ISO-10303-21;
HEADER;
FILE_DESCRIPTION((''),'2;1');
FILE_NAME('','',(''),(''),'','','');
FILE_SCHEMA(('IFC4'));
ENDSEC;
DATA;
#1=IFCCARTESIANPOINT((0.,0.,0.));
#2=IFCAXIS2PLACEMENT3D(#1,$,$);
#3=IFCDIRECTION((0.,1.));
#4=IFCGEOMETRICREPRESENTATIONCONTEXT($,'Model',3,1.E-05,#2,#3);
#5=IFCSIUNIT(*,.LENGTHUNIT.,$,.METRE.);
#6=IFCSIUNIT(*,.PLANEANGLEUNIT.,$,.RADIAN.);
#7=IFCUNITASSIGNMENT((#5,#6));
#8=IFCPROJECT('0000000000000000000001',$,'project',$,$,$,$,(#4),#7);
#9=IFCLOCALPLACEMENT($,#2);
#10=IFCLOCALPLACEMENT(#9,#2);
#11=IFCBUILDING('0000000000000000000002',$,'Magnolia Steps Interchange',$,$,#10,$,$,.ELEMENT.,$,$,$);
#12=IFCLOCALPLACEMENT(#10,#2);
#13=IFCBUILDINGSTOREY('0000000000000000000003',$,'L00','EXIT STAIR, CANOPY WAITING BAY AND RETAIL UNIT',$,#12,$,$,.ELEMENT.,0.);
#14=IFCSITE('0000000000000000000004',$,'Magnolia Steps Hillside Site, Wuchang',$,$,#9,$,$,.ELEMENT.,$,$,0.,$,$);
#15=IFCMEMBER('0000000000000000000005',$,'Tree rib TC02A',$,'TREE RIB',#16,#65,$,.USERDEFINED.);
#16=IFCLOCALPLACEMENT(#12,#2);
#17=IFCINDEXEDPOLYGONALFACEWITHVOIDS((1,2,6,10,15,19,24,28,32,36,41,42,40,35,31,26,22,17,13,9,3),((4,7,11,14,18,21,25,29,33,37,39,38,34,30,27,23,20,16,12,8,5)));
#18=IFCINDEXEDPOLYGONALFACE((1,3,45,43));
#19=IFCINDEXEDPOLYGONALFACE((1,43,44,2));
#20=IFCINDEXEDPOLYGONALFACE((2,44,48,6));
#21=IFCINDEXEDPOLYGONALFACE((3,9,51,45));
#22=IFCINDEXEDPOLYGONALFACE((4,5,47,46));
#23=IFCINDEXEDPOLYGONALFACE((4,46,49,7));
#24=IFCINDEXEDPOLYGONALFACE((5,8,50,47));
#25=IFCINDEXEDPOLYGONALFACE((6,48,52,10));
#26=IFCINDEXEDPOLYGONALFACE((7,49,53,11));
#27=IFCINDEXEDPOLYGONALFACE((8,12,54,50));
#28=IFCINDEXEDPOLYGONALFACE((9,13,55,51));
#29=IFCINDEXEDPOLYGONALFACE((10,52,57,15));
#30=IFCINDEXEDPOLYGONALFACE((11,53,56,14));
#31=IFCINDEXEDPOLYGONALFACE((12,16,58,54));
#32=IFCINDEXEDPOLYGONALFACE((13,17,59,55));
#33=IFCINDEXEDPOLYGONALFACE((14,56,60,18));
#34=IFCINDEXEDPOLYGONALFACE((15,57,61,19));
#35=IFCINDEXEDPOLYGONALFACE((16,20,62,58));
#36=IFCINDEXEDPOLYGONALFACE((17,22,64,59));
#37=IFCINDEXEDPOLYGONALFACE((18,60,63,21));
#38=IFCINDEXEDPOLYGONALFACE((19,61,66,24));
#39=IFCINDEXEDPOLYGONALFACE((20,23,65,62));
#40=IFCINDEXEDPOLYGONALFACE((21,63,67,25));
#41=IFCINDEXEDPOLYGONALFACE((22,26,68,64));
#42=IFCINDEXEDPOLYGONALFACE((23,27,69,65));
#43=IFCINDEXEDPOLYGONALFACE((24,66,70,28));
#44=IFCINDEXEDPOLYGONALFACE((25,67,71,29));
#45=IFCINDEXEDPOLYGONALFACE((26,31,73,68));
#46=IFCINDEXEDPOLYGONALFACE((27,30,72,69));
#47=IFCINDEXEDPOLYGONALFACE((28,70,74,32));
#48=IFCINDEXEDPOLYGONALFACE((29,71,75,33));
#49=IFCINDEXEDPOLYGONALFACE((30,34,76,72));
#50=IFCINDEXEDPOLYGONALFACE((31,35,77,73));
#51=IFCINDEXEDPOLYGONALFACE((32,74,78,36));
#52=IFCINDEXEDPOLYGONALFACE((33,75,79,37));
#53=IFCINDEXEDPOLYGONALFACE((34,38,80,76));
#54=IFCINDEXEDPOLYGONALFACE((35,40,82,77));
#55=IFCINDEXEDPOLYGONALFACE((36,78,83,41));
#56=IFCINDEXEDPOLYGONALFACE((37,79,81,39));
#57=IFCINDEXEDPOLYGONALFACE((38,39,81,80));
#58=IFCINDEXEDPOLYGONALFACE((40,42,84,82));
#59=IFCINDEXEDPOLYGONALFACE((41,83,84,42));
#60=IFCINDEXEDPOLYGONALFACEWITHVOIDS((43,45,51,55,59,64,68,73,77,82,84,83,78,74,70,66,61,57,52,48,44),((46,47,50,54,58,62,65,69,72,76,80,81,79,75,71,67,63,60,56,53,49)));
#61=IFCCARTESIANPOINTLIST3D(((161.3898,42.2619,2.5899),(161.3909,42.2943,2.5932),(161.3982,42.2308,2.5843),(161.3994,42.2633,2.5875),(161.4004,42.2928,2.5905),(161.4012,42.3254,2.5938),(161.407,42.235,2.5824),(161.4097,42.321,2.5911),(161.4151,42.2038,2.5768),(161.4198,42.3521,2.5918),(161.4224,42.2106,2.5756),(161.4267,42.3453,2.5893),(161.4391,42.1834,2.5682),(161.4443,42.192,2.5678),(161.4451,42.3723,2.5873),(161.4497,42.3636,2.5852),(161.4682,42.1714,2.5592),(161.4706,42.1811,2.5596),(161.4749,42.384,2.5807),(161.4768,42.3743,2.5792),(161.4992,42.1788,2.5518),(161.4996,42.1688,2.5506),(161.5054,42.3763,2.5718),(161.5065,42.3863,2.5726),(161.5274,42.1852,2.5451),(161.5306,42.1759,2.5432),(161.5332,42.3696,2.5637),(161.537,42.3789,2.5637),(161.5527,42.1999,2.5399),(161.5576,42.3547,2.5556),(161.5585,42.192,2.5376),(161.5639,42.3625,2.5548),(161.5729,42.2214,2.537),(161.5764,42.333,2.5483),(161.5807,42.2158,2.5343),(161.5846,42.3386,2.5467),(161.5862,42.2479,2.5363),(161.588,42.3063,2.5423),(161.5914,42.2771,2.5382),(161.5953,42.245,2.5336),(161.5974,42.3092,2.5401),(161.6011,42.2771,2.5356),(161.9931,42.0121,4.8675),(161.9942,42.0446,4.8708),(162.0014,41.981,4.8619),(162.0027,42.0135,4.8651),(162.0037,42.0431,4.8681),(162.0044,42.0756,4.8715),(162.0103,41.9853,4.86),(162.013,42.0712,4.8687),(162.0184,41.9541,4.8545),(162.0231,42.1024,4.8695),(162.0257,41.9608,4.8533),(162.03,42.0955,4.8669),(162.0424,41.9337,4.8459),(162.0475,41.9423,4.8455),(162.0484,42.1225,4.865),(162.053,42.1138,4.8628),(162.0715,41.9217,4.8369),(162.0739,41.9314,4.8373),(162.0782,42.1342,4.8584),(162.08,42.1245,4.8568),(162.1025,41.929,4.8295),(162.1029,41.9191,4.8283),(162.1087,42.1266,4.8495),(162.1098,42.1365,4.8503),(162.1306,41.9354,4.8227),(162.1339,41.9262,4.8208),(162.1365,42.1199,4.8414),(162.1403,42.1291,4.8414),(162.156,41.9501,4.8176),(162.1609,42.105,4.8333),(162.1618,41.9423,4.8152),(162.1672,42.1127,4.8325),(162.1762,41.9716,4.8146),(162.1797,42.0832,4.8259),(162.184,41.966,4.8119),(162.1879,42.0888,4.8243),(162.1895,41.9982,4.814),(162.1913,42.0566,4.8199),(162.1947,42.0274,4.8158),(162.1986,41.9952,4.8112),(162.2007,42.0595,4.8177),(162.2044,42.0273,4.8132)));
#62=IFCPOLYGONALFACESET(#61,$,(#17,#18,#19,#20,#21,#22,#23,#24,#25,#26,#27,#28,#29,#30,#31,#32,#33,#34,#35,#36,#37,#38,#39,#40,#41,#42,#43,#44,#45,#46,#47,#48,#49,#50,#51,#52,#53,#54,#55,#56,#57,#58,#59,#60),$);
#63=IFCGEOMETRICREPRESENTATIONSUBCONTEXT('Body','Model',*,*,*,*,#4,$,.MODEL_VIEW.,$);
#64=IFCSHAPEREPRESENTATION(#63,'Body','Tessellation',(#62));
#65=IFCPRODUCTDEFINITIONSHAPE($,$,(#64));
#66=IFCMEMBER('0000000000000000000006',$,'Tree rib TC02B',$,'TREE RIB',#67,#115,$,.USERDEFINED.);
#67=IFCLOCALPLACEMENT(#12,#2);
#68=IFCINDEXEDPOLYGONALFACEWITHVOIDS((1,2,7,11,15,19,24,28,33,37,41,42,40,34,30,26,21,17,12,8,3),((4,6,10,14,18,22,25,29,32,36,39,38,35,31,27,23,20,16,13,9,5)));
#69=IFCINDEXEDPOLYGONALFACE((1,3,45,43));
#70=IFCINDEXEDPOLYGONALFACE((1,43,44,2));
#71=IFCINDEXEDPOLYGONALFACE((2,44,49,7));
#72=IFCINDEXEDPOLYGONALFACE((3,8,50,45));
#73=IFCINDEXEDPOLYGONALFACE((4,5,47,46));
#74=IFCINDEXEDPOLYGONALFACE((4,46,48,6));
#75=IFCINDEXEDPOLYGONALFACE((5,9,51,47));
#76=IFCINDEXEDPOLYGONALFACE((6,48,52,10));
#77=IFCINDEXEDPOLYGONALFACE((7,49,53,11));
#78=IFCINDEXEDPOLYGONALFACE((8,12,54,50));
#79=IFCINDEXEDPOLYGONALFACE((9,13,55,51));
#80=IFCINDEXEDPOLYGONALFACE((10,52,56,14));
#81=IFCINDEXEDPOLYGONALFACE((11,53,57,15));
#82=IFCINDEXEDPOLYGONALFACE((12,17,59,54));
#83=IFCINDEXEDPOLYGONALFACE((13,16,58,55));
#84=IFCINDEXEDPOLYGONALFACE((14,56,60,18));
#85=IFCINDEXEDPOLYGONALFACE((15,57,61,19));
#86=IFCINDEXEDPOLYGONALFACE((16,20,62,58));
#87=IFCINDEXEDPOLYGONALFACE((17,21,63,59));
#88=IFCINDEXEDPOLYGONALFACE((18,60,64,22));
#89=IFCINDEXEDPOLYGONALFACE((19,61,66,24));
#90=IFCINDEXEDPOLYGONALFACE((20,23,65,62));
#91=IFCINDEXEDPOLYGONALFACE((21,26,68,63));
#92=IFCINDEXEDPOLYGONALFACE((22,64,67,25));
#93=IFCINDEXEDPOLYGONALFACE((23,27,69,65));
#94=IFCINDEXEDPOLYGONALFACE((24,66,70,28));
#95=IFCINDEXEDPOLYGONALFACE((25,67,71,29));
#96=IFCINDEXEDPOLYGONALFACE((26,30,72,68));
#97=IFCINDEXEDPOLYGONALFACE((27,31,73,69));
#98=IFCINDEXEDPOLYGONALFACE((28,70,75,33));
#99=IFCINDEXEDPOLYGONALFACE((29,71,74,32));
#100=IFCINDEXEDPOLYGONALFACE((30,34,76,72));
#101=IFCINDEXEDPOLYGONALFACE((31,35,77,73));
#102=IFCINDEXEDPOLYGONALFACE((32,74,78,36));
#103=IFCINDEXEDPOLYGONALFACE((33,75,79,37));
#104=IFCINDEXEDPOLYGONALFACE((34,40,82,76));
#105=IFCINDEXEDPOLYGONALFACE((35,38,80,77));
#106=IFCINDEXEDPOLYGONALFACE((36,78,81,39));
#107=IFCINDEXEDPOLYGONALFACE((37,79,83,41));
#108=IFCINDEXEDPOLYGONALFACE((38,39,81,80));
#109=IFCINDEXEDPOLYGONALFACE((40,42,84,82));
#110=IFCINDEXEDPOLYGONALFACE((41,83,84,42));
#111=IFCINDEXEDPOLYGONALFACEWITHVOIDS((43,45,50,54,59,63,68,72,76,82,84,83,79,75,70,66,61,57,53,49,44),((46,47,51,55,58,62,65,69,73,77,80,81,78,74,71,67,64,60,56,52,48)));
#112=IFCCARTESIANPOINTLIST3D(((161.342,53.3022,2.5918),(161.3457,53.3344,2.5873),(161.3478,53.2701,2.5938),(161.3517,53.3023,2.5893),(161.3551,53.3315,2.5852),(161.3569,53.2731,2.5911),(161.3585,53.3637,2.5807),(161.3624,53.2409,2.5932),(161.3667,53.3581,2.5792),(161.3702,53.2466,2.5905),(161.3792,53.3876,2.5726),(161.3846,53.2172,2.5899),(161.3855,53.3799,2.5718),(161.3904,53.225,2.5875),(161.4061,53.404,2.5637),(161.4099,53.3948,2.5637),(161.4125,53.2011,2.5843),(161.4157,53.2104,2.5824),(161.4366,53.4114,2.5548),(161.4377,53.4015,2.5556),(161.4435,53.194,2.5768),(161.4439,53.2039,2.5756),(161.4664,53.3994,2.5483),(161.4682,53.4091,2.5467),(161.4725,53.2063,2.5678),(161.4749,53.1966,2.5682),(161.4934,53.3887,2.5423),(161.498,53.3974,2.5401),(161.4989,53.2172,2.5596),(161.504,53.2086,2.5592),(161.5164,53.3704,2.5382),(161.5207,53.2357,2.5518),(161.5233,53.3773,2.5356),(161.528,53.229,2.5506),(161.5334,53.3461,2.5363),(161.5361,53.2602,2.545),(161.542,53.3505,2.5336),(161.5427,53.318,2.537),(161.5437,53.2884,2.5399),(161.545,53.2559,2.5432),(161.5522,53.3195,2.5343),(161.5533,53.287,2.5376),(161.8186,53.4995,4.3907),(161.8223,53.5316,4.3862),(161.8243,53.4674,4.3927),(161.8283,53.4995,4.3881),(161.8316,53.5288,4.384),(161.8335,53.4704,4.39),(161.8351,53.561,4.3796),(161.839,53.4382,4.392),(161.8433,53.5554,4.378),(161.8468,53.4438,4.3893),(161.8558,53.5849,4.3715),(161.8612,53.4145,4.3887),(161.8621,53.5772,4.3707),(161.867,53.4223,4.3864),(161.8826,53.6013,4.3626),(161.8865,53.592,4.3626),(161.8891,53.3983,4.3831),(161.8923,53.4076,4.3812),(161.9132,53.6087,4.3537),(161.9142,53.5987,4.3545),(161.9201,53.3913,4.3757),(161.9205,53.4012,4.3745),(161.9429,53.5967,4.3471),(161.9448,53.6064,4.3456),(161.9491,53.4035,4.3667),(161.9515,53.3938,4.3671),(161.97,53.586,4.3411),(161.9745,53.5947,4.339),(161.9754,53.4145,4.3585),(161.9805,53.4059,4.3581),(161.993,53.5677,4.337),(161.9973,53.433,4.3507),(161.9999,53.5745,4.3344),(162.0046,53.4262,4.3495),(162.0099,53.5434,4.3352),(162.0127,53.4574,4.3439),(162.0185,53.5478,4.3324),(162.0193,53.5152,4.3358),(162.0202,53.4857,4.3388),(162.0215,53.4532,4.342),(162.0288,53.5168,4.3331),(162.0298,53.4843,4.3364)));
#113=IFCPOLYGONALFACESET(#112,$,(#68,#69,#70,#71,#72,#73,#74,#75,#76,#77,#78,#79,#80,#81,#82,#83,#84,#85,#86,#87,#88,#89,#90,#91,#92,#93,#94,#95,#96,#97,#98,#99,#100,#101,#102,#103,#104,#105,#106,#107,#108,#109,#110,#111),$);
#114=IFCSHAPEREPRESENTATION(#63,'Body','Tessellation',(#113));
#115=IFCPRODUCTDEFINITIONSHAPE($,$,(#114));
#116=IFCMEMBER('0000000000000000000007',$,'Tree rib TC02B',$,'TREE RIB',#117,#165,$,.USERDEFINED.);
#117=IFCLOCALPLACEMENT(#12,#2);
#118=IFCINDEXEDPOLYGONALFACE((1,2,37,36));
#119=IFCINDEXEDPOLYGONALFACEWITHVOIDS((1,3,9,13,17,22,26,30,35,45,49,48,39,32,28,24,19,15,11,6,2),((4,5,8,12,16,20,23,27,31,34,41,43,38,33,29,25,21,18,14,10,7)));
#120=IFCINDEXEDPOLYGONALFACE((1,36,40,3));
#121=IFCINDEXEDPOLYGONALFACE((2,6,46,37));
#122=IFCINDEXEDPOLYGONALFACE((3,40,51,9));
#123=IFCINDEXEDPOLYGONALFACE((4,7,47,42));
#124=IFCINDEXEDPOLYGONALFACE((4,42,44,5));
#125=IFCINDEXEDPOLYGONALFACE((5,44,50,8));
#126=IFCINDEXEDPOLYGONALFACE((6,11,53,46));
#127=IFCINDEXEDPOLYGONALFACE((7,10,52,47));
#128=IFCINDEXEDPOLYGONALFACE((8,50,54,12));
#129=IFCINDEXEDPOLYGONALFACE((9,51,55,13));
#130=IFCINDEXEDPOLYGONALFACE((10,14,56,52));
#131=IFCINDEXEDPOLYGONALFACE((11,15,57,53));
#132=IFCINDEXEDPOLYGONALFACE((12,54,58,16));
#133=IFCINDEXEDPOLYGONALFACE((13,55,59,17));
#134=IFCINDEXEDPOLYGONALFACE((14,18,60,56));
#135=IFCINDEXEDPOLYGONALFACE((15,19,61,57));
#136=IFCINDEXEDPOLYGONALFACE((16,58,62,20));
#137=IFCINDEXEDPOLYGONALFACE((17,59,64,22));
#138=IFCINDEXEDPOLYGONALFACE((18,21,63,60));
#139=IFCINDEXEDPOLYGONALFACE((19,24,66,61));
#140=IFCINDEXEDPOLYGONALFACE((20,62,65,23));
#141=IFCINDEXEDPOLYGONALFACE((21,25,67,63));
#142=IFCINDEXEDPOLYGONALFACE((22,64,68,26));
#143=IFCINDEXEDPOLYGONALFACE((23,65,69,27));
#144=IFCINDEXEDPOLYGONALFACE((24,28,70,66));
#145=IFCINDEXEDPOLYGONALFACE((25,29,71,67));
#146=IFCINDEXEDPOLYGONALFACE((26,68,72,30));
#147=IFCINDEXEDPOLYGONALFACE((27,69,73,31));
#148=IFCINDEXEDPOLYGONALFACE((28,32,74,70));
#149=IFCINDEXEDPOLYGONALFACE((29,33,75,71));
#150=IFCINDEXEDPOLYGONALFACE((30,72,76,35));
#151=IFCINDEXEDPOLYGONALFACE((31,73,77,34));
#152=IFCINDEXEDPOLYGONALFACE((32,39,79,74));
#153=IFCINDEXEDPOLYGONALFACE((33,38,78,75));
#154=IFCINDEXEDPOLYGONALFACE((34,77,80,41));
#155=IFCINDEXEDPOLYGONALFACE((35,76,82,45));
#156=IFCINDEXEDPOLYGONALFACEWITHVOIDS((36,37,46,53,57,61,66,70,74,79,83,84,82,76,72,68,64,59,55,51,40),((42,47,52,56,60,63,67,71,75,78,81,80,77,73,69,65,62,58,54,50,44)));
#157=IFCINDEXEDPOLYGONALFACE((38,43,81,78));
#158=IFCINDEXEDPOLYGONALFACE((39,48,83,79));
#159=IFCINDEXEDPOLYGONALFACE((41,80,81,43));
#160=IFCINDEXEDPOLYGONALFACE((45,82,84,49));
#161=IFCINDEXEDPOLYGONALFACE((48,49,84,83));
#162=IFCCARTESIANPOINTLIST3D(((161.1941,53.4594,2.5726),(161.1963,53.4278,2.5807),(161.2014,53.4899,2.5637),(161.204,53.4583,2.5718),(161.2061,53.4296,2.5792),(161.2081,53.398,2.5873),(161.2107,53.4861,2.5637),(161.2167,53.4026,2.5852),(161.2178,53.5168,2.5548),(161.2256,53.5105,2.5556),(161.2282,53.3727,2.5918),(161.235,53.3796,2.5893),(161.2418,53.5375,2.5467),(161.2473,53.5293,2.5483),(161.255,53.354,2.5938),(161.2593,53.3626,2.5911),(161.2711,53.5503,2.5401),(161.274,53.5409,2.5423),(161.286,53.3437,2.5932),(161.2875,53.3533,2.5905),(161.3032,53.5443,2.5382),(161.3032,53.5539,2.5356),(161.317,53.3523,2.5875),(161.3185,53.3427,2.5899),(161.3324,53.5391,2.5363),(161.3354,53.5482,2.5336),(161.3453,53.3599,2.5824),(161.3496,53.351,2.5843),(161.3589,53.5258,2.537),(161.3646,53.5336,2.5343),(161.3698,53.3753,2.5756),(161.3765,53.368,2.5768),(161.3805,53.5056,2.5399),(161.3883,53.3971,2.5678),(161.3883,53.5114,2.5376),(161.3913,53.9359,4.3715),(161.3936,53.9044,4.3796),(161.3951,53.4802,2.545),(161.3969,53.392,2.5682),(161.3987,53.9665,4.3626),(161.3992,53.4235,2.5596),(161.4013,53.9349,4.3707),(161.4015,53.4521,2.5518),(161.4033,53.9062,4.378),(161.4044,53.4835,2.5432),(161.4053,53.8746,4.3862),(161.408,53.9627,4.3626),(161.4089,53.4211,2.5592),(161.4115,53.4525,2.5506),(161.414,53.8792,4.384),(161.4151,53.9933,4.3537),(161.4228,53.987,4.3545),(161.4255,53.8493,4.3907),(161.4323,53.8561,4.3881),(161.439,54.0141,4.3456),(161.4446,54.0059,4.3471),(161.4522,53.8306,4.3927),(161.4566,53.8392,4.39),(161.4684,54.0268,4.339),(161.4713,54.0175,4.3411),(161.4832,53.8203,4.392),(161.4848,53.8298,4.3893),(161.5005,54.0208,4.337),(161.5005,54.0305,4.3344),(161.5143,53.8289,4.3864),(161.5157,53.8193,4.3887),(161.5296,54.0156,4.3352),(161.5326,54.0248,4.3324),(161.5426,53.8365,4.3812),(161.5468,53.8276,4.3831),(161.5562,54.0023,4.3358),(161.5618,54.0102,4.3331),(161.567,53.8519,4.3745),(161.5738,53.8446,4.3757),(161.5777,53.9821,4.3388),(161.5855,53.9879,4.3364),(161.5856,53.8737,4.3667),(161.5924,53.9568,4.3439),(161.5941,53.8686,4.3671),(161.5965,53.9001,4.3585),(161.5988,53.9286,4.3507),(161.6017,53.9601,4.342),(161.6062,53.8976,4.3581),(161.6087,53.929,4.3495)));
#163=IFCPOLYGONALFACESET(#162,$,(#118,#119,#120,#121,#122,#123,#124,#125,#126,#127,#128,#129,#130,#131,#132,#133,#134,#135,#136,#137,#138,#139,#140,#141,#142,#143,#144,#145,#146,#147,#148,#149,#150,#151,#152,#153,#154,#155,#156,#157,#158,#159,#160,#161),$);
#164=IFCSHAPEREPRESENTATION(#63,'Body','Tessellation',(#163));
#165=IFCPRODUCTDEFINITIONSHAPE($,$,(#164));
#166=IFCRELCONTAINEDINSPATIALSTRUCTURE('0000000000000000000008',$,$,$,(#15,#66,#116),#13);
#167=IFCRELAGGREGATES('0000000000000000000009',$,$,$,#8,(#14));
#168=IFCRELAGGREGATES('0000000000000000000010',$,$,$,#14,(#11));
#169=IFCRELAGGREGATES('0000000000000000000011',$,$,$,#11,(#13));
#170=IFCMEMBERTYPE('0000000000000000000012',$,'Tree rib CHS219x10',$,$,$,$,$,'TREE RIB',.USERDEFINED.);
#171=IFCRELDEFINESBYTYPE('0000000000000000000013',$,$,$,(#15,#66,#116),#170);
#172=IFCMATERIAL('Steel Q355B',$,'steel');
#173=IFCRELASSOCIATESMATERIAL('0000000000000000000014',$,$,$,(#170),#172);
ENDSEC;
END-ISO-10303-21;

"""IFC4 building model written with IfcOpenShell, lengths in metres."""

from ifc_helpers import new_model, si_unit, direction, frame, origin, origin_2d, place, context, subcontext, project, spatial, hollow_circle, extrude, material, material_profile, profile_set, type_object, element, save


model = new_model("IFC4")

# Units and contexts
model_context = context("Model", 3, precision=1e-05, world=origin(), true_north=direction((0.0, 1.0)))
body_context = subcontext(model_context, "Body", "Model", "MODEL_VIEW")
ifc_project = project(units=[si_unit("LENGTHUNIT", "METRE"), si_unit("PLANEANGLEUNIT", "RADIAN")], contexts=[model_context])

# Site, building, storey
site_placement = place(None, origin())
site = spatial("IfcSite", under=ifc_project, at=site_placement, Name="Magnolia Steps Hillside Site, Wuchang", CompositionType="ELEMENT", RefElevation=0.0)
building_placement = place(site_placement, origin())
building = spatial("IfcBuilding", under=site, at=building_placement, Name="Magnolia Steps Interchange", CompositionType="ELEMENT")
storey_placement = place(building_placement, origin())
storey = spatial("IfcBuildingStorey", under=building, at=storey_placement, Name="L00", Description="EXIT STAIR, CANOPY WAITING BAY AND RETAIL UNIT", CompositionType="ELEMENT", Elevation=0.0)

# Members
ifc_material_1 = material(Name="Steel Q355B", Category="steel")
ifc_material_profile_1 = material_profile(ifc_material_1, hollow_circle(Radius=0.1096, WallThickness=0.01, at=origin_2d()), Name="CHS219x10")
ifc_profile_set_1 = profile_set([ifc_material_profile_1], Name="Steel Q355B")
member_type = type_object("IfcMemberType", Name="Tree rib CHS219x10", ElementType="TREE RIB", PredefinedType="USERDEFINED", material=ifc_profile_set_1)
for number, where, z_axis, x_axis, name in (
    (1, (161.4951, 42.2776, 2.5637), (0.254617, -0.105412, 0.96128), (0.382517, 0.923948, 0.0), "Tree rib TC02A"),
):
    element("IfcMember", number, at=place(storey_placement, frame(where, z_axis=z_axis, x_axis=x_axis)), inside=storey, type_object=member_type, Name=name, ObjectType="TREE RIB", PredefinedType="USERDEFINED", context=body_context, shape_type="SweptSolid", body=[
        extrude(hollow_circle(Radius=0.1096, WallThickness=0.01, at=origin_2d()), origin(), (0.0, 0.0, 1.0), 2.3694),
    ])
for number, where, z_axis, x_axis, name in (
    (2, (161.448, 53.3027, 2.5637), (0.254668, 0.105416, 0.961266), (-0.382463, 0.923971, 0.0), "Tree rib TC02B"),
    (3, (161.3027, 53.448, 2.5637), (0.105416, 0.254668, 0.961266), (-0.923971, 0.382463, 0.0), "Tree rib TC02B"),
):
    element("IfcMember", number, at=place(storey_placement, frame(where, z_axis=z_axis, x_axis=x_axis)), inside=storey, type_object=member_type, Name=name, ObjectType="TREE RIB", PredefinedType="USERDEFINED", context=body_context, shape_type="SweptSolid", body=[
        extrude(hollow_circle(Radius=0.1096, WallThickness=0.01, at=origin_2d()), origin(), (0.0, 0.0, 1.0), 1.8713),
    ])

save(model, "model.ifc")
